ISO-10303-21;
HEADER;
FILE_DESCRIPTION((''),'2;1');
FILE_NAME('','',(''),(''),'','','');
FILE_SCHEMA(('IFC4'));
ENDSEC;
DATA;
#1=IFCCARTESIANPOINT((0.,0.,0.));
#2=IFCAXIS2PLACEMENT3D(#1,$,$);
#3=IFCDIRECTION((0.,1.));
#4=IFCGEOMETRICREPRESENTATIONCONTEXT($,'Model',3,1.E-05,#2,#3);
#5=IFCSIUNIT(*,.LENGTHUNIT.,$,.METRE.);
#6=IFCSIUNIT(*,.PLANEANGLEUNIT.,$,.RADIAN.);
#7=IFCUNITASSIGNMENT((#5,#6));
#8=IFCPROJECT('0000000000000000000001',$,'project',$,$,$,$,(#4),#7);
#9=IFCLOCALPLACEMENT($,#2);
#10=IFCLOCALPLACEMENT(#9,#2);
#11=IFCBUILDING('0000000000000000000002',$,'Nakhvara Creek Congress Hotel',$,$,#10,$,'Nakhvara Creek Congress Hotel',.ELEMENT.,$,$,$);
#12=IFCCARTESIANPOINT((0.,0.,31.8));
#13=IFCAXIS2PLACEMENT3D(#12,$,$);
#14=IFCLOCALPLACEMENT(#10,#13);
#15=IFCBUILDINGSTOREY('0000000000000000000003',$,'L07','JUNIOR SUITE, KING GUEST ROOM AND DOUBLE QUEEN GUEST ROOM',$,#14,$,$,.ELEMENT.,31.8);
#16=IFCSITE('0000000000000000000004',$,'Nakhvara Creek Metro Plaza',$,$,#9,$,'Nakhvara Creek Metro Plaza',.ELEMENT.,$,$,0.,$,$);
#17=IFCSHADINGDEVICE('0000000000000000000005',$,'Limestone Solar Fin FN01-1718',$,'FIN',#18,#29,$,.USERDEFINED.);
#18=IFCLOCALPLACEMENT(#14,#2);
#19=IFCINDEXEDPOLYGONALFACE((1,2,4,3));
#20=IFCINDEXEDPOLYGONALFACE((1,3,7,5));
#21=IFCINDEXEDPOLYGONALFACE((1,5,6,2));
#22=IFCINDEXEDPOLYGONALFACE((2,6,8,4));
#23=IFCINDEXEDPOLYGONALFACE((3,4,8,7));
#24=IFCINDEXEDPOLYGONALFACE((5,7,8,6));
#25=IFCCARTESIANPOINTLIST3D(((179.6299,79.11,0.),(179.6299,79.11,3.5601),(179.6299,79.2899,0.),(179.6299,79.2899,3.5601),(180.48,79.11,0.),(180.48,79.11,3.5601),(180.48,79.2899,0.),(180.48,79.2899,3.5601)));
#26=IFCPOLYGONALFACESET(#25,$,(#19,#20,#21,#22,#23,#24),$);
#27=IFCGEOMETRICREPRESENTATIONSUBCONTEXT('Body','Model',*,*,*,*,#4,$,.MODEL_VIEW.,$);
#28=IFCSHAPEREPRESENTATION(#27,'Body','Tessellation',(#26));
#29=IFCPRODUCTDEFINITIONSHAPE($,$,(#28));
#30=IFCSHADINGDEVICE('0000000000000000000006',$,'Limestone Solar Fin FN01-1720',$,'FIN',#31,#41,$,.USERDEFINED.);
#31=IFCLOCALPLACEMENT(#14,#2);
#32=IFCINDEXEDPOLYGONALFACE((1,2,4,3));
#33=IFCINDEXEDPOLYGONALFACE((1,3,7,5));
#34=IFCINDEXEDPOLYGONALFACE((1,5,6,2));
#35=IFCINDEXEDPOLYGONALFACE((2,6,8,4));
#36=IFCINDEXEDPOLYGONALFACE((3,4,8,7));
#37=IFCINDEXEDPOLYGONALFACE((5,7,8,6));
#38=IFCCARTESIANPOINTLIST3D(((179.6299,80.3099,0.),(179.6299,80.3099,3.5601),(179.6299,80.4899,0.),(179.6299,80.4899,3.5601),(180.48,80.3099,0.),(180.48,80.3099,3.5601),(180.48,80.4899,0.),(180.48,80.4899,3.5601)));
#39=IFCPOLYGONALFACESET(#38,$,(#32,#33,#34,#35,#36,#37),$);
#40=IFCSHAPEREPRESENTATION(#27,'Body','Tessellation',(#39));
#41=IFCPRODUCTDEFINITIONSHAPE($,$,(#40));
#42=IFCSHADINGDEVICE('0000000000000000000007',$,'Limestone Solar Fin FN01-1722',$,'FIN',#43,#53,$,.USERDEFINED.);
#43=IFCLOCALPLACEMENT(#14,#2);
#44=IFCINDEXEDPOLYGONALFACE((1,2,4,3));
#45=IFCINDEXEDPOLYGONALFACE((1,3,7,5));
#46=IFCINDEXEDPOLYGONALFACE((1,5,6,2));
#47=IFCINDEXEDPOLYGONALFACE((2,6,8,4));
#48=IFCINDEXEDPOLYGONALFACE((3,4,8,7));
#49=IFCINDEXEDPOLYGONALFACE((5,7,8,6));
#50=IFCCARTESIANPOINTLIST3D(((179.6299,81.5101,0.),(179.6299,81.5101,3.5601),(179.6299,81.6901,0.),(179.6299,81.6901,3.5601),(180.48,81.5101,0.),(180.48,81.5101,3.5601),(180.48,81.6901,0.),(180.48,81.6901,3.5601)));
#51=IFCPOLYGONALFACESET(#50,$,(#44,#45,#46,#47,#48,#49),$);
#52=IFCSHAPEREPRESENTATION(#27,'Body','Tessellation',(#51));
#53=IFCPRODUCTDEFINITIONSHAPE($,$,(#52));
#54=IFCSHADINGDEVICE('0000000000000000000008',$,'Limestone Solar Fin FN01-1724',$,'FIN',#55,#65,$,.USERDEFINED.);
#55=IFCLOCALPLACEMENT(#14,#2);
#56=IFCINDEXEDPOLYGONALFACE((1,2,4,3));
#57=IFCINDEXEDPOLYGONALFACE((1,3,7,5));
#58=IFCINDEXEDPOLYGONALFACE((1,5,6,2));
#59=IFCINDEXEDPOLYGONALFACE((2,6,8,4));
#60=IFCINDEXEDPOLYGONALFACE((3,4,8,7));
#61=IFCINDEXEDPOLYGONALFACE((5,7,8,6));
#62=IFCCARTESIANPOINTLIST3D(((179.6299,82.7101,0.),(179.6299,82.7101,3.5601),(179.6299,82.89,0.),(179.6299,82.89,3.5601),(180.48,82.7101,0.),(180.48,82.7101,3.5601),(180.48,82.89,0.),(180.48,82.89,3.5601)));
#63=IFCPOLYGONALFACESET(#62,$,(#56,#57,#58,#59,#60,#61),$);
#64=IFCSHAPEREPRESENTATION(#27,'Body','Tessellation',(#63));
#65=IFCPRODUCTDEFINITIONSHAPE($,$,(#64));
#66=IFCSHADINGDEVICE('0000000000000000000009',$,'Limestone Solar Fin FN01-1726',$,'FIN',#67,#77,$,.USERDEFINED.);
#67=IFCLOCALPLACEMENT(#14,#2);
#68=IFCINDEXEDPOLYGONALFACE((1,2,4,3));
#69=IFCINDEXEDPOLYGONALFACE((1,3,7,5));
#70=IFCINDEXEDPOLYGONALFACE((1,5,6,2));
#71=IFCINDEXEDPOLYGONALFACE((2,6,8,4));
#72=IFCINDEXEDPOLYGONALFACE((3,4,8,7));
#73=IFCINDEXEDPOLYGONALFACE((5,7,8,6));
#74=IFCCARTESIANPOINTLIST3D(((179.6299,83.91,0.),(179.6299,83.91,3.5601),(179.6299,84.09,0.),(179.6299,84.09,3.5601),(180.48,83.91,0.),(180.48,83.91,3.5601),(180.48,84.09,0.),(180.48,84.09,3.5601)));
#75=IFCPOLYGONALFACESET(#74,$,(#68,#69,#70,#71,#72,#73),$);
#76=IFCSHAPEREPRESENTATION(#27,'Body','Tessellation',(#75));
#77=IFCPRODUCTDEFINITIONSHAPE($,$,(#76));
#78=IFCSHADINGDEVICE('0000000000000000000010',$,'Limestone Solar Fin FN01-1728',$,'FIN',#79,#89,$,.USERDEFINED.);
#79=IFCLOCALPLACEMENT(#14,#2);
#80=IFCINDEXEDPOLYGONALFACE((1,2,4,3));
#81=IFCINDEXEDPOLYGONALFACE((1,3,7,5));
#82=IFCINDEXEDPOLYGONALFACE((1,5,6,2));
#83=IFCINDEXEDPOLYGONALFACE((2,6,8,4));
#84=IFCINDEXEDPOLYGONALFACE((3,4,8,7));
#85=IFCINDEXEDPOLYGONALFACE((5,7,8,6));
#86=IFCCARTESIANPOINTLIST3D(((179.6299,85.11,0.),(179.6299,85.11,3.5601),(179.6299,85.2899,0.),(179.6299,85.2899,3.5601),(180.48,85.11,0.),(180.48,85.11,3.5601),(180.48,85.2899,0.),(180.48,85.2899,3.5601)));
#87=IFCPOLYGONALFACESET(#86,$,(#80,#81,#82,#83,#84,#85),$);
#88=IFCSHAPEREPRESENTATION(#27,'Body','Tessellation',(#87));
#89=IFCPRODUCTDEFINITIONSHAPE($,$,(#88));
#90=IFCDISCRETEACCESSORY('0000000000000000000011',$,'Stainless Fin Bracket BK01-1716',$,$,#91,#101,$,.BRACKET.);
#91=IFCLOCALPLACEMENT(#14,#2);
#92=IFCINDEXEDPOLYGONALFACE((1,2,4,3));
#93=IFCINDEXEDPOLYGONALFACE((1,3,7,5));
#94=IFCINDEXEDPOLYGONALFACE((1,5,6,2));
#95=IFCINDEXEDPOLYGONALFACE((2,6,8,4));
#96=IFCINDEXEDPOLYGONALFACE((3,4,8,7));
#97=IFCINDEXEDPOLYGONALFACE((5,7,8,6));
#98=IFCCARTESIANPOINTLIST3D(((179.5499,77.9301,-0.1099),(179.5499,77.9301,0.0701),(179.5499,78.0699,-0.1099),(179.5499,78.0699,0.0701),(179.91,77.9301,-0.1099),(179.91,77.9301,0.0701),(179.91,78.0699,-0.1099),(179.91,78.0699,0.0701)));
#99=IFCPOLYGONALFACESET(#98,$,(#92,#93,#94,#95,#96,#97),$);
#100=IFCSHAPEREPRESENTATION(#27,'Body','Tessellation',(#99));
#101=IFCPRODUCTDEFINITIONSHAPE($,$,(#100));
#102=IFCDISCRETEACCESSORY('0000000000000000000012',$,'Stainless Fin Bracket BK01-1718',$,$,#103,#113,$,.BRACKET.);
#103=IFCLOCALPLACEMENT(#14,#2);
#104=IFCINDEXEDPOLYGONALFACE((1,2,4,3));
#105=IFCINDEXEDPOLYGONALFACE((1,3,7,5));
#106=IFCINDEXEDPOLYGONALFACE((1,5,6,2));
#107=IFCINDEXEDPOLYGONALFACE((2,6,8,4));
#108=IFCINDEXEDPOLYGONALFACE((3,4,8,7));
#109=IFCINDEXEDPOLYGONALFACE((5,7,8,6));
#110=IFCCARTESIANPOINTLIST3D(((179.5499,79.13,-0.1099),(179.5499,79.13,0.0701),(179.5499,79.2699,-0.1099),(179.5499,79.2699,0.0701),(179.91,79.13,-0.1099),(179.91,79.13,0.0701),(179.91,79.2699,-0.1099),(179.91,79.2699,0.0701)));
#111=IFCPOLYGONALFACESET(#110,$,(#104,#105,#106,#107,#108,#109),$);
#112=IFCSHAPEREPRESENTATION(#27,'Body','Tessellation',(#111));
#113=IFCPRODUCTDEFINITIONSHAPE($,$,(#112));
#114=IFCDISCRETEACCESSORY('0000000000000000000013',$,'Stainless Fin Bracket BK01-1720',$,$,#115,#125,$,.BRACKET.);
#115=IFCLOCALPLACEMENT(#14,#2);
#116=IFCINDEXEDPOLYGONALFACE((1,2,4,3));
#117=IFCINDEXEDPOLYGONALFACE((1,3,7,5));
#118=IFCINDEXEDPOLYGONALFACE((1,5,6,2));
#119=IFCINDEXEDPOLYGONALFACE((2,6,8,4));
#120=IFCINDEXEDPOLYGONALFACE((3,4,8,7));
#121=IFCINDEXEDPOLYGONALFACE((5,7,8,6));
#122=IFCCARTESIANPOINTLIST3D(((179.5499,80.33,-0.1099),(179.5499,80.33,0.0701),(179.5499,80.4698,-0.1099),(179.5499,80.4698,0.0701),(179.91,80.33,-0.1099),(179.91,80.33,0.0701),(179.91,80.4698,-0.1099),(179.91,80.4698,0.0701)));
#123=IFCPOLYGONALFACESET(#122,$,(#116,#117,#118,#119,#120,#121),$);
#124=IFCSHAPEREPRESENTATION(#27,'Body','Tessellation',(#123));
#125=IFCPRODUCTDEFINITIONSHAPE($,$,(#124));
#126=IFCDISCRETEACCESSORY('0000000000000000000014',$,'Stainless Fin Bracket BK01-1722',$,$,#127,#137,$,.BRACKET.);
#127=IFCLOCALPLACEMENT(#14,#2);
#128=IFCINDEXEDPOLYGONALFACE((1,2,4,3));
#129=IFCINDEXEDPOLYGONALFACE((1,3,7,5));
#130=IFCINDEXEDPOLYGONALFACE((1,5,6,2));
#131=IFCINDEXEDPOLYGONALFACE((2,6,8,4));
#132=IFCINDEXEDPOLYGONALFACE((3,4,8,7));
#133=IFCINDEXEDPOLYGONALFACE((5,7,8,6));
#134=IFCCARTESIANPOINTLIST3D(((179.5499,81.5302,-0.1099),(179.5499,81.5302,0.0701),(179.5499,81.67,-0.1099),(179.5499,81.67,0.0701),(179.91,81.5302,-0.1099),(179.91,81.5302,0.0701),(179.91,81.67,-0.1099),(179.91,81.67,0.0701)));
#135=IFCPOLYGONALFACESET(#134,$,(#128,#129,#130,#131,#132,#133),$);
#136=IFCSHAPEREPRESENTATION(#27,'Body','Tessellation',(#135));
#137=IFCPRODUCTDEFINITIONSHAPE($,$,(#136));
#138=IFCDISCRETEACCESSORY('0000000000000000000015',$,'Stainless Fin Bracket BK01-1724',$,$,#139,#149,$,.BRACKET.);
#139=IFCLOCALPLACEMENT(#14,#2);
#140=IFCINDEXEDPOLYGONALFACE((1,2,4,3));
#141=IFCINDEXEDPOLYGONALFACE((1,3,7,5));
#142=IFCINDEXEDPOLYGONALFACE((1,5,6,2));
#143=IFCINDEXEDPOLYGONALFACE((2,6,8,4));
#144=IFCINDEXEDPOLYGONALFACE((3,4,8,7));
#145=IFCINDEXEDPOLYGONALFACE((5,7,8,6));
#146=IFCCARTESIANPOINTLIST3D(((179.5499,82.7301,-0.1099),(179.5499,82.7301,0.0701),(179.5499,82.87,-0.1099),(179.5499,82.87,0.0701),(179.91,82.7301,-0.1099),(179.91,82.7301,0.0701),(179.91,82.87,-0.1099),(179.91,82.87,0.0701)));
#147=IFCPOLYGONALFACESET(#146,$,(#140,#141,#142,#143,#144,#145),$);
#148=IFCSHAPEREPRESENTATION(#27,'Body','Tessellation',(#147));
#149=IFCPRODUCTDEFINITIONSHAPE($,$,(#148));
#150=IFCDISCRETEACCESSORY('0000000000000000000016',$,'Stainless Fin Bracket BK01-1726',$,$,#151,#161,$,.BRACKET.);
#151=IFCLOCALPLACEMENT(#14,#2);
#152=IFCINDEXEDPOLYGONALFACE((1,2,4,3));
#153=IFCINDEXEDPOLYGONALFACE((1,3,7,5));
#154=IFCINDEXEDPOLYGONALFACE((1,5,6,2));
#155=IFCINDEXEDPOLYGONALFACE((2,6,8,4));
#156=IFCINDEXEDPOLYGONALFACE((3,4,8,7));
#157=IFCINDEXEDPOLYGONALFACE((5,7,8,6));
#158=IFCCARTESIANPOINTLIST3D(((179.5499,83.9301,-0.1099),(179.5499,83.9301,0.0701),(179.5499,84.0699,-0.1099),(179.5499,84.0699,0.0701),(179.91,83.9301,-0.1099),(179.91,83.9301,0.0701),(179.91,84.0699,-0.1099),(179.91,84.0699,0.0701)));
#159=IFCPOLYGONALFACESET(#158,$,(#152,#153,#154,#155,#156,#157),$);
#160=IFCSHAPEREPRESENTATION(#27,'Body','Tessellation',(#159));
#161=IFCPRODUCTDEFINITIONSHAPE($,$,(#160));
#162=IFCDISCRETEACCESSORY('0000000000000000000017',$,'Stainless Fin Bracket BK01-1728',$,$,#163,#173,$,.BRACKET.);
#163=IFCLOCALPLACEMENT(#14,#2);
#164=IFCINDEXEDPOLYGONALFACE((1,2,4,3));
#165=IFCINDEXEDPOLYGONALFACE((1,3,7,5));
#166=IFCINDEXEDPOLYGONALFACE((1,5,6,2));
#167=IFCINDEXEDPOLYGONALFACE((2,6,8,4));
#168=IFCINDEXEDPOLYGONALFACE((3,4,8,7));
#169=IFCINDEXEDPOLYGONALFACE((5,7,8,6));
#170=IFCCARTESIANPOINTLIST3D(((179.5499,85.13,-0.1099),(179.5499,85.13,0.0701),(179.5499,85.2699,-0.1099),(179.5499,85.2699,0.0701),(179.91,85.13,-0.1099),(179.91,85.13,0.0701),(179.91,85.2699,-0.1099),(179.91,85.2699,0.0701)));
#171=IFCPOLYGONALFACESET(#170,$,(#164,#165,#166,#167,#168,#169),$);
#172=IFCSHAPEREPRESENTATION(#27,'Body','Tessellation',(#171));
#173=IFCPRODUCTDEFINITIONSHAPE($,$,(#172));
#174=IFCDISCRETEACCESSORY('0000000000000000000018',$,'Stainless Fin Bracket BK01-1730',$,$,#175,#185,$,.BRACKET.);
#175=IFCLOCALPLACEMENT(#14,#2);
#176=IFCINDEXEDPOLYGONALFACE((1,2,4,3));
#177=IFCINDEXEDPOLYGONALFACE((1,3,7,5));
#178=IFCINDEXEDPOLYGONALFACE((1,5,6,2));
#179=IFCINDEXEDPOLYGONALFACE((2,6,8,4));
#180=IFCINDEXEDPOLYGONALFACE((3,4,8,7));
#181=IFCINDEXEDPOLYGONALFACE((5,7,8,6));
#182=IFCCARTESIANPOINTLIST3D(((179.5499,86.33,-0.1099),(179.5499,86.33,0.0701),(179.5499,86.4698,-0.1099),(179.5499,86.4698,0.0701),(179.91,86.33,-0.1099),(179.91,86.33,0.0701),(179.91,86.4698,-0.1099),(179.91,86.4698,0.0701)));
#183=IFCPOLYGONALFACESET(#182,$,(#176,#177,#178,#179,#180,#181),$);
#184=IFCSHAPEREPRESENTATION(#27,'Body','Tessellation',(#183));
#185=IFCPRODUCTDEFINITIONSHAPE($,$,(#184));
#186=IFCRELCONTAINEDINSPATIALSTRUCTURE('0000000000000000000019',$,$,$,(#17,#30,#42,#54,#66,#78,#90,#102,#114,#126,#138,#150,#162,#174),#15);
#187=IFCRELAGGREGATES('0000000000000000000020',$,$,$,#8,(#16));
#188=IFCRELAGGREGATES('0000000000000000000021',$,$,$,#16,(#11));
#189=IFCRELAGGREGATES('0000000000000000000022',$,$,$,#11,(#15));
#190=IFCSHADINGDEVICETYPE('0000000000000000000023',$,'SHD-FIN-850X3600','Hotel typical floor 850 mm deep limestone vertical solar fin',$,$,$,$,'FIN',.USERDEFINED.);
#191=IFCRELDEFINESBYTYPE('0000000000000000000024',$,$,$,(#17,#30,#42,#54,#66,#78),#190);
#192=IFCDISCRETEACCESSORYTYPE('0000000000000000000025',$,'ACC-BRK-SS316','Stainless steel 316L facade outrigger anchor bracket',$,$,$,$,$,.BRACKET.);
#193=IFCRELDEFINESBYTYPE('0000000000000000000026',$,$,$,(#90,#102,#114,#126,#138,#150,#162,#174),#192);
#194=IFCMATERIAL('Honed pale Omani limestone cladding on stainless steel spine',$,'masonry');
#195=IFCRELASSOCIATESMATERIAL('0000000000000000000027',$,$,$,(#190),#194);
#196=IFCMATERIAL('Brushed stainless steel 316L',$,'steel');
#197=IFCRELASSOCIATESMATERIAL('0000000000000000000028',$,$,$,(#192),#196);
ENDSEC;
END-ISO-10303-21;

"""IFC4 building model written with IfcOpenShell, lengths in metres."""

from ifc_helpers import new_model, si_unit, direction, frame, origin, origin_2d, place, context, subcontext, project, spatial, rectangle, extrude, material, type_object, element, save


model = new_model("IFC4")

# Units and contexts
model_context = context("Model", 3, precision=1e-05, world=origin(), true_north=direction((0.0, 1.0)))
body_context = subcontext(model_context, "Body", "Model", "MODEL_VIEW")
ifc_project = project(units=[si_unit("LENGTHUNIT", "METRE"), si_unit("PLANEANGLEUNIT", "RADIAN")], contexts=[model_context])

# Site, building, storey
site_placement = place(None, origin())
site = spatial("IfcSite", under=ifc_project, at=site_placement, Name="Nakhvara Creek Metro Plaza", LongName="Nakhvara Creek Metro Plaza", CompositionType="ELEMENT", RefElevation=0.0)
building_placement = place(site_placement, origin())
building = spatial("IfcBuilding", under=site, at=building_placement, Name="Nakhvara Creek Congress Hotel", LongName="Nakhvara Creek Congress Hotel", CompositionType="ELEMENT")
storey_placement = place(building_placement, frame((0.0, 0.0, 31.8)))
storey = spatial("IfcBuildingStorey", under=building, at=storey_placement, Name="L07", Description="JUNIOR SUITE, KING GUEST ROOM AND DOUBLE QUEEN GUEST ROOM", CompositionType="ELEMENT", Elevation=31.8)

# Shading devices
ifc_material_1 = material(Name="Honed pale Omani limestone cladding on stainless steel spine", Category="masonry")
shading_device_type = type_object("IfcShadingDeviceType", Name="SHD-FIN-850X3600", Description="Hotel typical floor 850 mm deep limestone vertical solar fin", ElementType="FIN", PredefinedType="USERDEFINED", material=ifc_material_1)
for number, where, z_axis, x_axis, name in (
    (1, (180.0549, 79.2, 0.0), (0.0, 0.0, 1.0), (0.0, 1.0, 0.0), "Limestone Solar Fin FN01-1718"),
    (2, (180.0549, 80.3999, 0.0), (0.0, 0.0, 1.0), (0.0, 1.0, 0.0), "Limestone Solar Fin FN01-1720"),
    (3, (180.0549, 81.6001, 0.0), (0.0, 0.0, 1.0), (0.0, 1.0, 0.0), "Limestone Solar Fin FN01-1722"),
    (4, (180.0549, 82.8, 0.0), (0.0, 0.0, 1.0), (0.0, 1.0, 0.0), "Limestone Solar Fin FN01-1724"),
    (5, (180.0549, 84.0, 0.0), (0.0, 0.0, 1.0), (0.0, 1.0, 0.0), "Limestone Solar Fin FN01-1726"),
    (6, (180.0549, 85.2, 0.0), (0.0, 0.0, 1.0), (0.0, 1.0, 0.0), "Limestone Solar Fin FN01-1728"),
):
    element("IfcShadingDevice", number, at=place(storey_placement, frame(where, z_axis=z_axis, x_axis=x_axis)), inside=storey, type_object=shading_device_type, Name=name, ObjectType="FIN", PredefinedType="USERDEFINED", context=body_context, shape_type="SweptSolid", body=[
        extrude(rectangle(XDim=0.1799, YDim=0.8501, at=origin_2d()), origin(), (0.0, 0.0, 1.0), 3.5601),
    ])

# Discrete accessories
ifc_material_2 = material(Name="Brushed stainless steel 316L", Category="steel")
discrete_accessory_type = type_object("IfcDiscreteAccessoryType", Name="ACC-BRK-SS316", Description="Stainless steel 316L facade outrigger anchor bracket", PredefinedType="BRACKET", material=ifc_material_2)
for number, where, z_axis, x_axis, name in (
    (7, (179.73, 78.0, -0.1099), (0.0, 0.0, 1.0), (0.0, 1.0, 0.0), "Stainless Fin Bracket BK01-1716"),
    (8, (179.73, 79.2, -0.1099), (0.0, 0.0, 1.0), (0.0, 1.0, 0.0), "Stainless Fin Bracket BK01-1718"),
    (9, (179.73, 80.3999, -0.1099), (0.0, 0.0, 1.0), (0.0, 1.0, 0.0), "Stainless Fin Bracket BK01-1720"),
    (10, (179.73, 81.6001, -0.1099), (0.0, 0.0, 1.0), (0.0, 1.0, 0.0), "Stainless Fin Bracket BK01-1722"),
    (11, (179.73, 82.8, -0.1099), (0.0, 0.0, 1.0), (0.0, 1.0, 0.0), "Stainless Fin Bracket BK01-1724"),
    (12, (179.73, 84.0, -0.1099), (0.0, 0.0, 1.0), (0.0, 1.0, 0.0), "Stainless Fin Bracket BK01-1726"),
    (13, (179.73, 85.2, -0.1099), (0.0, 0.0, 1.0), (0.0, 1.0, 0.0), "Stainless Fin Bracket BK01-1728"),
    (14, (179.73, 86.3999, -0.1099), (0.0, 0.0, 1.0), (0.0, 1.0, 0.0), "Stainless Fin Bracket BK01-1730"),
):
    element("IfcDiscreteAccessory", number, at=place(storey_placement, frame(where, z_axis=z_axis, x_axis=x_axis)), inside=storey, type_object=discrete_accessory_type, Name=name, PredefinedType="BRACKET", context=body_context, shape_type="SweptSolid", body=[
        extrude(rectangle(XDim=0.1399, YDim=0.3601, at=origin_2d()), origin(), (0.0, 0.0, 1.0), 0.1799),
    ])

save(model, "model.ifc")
